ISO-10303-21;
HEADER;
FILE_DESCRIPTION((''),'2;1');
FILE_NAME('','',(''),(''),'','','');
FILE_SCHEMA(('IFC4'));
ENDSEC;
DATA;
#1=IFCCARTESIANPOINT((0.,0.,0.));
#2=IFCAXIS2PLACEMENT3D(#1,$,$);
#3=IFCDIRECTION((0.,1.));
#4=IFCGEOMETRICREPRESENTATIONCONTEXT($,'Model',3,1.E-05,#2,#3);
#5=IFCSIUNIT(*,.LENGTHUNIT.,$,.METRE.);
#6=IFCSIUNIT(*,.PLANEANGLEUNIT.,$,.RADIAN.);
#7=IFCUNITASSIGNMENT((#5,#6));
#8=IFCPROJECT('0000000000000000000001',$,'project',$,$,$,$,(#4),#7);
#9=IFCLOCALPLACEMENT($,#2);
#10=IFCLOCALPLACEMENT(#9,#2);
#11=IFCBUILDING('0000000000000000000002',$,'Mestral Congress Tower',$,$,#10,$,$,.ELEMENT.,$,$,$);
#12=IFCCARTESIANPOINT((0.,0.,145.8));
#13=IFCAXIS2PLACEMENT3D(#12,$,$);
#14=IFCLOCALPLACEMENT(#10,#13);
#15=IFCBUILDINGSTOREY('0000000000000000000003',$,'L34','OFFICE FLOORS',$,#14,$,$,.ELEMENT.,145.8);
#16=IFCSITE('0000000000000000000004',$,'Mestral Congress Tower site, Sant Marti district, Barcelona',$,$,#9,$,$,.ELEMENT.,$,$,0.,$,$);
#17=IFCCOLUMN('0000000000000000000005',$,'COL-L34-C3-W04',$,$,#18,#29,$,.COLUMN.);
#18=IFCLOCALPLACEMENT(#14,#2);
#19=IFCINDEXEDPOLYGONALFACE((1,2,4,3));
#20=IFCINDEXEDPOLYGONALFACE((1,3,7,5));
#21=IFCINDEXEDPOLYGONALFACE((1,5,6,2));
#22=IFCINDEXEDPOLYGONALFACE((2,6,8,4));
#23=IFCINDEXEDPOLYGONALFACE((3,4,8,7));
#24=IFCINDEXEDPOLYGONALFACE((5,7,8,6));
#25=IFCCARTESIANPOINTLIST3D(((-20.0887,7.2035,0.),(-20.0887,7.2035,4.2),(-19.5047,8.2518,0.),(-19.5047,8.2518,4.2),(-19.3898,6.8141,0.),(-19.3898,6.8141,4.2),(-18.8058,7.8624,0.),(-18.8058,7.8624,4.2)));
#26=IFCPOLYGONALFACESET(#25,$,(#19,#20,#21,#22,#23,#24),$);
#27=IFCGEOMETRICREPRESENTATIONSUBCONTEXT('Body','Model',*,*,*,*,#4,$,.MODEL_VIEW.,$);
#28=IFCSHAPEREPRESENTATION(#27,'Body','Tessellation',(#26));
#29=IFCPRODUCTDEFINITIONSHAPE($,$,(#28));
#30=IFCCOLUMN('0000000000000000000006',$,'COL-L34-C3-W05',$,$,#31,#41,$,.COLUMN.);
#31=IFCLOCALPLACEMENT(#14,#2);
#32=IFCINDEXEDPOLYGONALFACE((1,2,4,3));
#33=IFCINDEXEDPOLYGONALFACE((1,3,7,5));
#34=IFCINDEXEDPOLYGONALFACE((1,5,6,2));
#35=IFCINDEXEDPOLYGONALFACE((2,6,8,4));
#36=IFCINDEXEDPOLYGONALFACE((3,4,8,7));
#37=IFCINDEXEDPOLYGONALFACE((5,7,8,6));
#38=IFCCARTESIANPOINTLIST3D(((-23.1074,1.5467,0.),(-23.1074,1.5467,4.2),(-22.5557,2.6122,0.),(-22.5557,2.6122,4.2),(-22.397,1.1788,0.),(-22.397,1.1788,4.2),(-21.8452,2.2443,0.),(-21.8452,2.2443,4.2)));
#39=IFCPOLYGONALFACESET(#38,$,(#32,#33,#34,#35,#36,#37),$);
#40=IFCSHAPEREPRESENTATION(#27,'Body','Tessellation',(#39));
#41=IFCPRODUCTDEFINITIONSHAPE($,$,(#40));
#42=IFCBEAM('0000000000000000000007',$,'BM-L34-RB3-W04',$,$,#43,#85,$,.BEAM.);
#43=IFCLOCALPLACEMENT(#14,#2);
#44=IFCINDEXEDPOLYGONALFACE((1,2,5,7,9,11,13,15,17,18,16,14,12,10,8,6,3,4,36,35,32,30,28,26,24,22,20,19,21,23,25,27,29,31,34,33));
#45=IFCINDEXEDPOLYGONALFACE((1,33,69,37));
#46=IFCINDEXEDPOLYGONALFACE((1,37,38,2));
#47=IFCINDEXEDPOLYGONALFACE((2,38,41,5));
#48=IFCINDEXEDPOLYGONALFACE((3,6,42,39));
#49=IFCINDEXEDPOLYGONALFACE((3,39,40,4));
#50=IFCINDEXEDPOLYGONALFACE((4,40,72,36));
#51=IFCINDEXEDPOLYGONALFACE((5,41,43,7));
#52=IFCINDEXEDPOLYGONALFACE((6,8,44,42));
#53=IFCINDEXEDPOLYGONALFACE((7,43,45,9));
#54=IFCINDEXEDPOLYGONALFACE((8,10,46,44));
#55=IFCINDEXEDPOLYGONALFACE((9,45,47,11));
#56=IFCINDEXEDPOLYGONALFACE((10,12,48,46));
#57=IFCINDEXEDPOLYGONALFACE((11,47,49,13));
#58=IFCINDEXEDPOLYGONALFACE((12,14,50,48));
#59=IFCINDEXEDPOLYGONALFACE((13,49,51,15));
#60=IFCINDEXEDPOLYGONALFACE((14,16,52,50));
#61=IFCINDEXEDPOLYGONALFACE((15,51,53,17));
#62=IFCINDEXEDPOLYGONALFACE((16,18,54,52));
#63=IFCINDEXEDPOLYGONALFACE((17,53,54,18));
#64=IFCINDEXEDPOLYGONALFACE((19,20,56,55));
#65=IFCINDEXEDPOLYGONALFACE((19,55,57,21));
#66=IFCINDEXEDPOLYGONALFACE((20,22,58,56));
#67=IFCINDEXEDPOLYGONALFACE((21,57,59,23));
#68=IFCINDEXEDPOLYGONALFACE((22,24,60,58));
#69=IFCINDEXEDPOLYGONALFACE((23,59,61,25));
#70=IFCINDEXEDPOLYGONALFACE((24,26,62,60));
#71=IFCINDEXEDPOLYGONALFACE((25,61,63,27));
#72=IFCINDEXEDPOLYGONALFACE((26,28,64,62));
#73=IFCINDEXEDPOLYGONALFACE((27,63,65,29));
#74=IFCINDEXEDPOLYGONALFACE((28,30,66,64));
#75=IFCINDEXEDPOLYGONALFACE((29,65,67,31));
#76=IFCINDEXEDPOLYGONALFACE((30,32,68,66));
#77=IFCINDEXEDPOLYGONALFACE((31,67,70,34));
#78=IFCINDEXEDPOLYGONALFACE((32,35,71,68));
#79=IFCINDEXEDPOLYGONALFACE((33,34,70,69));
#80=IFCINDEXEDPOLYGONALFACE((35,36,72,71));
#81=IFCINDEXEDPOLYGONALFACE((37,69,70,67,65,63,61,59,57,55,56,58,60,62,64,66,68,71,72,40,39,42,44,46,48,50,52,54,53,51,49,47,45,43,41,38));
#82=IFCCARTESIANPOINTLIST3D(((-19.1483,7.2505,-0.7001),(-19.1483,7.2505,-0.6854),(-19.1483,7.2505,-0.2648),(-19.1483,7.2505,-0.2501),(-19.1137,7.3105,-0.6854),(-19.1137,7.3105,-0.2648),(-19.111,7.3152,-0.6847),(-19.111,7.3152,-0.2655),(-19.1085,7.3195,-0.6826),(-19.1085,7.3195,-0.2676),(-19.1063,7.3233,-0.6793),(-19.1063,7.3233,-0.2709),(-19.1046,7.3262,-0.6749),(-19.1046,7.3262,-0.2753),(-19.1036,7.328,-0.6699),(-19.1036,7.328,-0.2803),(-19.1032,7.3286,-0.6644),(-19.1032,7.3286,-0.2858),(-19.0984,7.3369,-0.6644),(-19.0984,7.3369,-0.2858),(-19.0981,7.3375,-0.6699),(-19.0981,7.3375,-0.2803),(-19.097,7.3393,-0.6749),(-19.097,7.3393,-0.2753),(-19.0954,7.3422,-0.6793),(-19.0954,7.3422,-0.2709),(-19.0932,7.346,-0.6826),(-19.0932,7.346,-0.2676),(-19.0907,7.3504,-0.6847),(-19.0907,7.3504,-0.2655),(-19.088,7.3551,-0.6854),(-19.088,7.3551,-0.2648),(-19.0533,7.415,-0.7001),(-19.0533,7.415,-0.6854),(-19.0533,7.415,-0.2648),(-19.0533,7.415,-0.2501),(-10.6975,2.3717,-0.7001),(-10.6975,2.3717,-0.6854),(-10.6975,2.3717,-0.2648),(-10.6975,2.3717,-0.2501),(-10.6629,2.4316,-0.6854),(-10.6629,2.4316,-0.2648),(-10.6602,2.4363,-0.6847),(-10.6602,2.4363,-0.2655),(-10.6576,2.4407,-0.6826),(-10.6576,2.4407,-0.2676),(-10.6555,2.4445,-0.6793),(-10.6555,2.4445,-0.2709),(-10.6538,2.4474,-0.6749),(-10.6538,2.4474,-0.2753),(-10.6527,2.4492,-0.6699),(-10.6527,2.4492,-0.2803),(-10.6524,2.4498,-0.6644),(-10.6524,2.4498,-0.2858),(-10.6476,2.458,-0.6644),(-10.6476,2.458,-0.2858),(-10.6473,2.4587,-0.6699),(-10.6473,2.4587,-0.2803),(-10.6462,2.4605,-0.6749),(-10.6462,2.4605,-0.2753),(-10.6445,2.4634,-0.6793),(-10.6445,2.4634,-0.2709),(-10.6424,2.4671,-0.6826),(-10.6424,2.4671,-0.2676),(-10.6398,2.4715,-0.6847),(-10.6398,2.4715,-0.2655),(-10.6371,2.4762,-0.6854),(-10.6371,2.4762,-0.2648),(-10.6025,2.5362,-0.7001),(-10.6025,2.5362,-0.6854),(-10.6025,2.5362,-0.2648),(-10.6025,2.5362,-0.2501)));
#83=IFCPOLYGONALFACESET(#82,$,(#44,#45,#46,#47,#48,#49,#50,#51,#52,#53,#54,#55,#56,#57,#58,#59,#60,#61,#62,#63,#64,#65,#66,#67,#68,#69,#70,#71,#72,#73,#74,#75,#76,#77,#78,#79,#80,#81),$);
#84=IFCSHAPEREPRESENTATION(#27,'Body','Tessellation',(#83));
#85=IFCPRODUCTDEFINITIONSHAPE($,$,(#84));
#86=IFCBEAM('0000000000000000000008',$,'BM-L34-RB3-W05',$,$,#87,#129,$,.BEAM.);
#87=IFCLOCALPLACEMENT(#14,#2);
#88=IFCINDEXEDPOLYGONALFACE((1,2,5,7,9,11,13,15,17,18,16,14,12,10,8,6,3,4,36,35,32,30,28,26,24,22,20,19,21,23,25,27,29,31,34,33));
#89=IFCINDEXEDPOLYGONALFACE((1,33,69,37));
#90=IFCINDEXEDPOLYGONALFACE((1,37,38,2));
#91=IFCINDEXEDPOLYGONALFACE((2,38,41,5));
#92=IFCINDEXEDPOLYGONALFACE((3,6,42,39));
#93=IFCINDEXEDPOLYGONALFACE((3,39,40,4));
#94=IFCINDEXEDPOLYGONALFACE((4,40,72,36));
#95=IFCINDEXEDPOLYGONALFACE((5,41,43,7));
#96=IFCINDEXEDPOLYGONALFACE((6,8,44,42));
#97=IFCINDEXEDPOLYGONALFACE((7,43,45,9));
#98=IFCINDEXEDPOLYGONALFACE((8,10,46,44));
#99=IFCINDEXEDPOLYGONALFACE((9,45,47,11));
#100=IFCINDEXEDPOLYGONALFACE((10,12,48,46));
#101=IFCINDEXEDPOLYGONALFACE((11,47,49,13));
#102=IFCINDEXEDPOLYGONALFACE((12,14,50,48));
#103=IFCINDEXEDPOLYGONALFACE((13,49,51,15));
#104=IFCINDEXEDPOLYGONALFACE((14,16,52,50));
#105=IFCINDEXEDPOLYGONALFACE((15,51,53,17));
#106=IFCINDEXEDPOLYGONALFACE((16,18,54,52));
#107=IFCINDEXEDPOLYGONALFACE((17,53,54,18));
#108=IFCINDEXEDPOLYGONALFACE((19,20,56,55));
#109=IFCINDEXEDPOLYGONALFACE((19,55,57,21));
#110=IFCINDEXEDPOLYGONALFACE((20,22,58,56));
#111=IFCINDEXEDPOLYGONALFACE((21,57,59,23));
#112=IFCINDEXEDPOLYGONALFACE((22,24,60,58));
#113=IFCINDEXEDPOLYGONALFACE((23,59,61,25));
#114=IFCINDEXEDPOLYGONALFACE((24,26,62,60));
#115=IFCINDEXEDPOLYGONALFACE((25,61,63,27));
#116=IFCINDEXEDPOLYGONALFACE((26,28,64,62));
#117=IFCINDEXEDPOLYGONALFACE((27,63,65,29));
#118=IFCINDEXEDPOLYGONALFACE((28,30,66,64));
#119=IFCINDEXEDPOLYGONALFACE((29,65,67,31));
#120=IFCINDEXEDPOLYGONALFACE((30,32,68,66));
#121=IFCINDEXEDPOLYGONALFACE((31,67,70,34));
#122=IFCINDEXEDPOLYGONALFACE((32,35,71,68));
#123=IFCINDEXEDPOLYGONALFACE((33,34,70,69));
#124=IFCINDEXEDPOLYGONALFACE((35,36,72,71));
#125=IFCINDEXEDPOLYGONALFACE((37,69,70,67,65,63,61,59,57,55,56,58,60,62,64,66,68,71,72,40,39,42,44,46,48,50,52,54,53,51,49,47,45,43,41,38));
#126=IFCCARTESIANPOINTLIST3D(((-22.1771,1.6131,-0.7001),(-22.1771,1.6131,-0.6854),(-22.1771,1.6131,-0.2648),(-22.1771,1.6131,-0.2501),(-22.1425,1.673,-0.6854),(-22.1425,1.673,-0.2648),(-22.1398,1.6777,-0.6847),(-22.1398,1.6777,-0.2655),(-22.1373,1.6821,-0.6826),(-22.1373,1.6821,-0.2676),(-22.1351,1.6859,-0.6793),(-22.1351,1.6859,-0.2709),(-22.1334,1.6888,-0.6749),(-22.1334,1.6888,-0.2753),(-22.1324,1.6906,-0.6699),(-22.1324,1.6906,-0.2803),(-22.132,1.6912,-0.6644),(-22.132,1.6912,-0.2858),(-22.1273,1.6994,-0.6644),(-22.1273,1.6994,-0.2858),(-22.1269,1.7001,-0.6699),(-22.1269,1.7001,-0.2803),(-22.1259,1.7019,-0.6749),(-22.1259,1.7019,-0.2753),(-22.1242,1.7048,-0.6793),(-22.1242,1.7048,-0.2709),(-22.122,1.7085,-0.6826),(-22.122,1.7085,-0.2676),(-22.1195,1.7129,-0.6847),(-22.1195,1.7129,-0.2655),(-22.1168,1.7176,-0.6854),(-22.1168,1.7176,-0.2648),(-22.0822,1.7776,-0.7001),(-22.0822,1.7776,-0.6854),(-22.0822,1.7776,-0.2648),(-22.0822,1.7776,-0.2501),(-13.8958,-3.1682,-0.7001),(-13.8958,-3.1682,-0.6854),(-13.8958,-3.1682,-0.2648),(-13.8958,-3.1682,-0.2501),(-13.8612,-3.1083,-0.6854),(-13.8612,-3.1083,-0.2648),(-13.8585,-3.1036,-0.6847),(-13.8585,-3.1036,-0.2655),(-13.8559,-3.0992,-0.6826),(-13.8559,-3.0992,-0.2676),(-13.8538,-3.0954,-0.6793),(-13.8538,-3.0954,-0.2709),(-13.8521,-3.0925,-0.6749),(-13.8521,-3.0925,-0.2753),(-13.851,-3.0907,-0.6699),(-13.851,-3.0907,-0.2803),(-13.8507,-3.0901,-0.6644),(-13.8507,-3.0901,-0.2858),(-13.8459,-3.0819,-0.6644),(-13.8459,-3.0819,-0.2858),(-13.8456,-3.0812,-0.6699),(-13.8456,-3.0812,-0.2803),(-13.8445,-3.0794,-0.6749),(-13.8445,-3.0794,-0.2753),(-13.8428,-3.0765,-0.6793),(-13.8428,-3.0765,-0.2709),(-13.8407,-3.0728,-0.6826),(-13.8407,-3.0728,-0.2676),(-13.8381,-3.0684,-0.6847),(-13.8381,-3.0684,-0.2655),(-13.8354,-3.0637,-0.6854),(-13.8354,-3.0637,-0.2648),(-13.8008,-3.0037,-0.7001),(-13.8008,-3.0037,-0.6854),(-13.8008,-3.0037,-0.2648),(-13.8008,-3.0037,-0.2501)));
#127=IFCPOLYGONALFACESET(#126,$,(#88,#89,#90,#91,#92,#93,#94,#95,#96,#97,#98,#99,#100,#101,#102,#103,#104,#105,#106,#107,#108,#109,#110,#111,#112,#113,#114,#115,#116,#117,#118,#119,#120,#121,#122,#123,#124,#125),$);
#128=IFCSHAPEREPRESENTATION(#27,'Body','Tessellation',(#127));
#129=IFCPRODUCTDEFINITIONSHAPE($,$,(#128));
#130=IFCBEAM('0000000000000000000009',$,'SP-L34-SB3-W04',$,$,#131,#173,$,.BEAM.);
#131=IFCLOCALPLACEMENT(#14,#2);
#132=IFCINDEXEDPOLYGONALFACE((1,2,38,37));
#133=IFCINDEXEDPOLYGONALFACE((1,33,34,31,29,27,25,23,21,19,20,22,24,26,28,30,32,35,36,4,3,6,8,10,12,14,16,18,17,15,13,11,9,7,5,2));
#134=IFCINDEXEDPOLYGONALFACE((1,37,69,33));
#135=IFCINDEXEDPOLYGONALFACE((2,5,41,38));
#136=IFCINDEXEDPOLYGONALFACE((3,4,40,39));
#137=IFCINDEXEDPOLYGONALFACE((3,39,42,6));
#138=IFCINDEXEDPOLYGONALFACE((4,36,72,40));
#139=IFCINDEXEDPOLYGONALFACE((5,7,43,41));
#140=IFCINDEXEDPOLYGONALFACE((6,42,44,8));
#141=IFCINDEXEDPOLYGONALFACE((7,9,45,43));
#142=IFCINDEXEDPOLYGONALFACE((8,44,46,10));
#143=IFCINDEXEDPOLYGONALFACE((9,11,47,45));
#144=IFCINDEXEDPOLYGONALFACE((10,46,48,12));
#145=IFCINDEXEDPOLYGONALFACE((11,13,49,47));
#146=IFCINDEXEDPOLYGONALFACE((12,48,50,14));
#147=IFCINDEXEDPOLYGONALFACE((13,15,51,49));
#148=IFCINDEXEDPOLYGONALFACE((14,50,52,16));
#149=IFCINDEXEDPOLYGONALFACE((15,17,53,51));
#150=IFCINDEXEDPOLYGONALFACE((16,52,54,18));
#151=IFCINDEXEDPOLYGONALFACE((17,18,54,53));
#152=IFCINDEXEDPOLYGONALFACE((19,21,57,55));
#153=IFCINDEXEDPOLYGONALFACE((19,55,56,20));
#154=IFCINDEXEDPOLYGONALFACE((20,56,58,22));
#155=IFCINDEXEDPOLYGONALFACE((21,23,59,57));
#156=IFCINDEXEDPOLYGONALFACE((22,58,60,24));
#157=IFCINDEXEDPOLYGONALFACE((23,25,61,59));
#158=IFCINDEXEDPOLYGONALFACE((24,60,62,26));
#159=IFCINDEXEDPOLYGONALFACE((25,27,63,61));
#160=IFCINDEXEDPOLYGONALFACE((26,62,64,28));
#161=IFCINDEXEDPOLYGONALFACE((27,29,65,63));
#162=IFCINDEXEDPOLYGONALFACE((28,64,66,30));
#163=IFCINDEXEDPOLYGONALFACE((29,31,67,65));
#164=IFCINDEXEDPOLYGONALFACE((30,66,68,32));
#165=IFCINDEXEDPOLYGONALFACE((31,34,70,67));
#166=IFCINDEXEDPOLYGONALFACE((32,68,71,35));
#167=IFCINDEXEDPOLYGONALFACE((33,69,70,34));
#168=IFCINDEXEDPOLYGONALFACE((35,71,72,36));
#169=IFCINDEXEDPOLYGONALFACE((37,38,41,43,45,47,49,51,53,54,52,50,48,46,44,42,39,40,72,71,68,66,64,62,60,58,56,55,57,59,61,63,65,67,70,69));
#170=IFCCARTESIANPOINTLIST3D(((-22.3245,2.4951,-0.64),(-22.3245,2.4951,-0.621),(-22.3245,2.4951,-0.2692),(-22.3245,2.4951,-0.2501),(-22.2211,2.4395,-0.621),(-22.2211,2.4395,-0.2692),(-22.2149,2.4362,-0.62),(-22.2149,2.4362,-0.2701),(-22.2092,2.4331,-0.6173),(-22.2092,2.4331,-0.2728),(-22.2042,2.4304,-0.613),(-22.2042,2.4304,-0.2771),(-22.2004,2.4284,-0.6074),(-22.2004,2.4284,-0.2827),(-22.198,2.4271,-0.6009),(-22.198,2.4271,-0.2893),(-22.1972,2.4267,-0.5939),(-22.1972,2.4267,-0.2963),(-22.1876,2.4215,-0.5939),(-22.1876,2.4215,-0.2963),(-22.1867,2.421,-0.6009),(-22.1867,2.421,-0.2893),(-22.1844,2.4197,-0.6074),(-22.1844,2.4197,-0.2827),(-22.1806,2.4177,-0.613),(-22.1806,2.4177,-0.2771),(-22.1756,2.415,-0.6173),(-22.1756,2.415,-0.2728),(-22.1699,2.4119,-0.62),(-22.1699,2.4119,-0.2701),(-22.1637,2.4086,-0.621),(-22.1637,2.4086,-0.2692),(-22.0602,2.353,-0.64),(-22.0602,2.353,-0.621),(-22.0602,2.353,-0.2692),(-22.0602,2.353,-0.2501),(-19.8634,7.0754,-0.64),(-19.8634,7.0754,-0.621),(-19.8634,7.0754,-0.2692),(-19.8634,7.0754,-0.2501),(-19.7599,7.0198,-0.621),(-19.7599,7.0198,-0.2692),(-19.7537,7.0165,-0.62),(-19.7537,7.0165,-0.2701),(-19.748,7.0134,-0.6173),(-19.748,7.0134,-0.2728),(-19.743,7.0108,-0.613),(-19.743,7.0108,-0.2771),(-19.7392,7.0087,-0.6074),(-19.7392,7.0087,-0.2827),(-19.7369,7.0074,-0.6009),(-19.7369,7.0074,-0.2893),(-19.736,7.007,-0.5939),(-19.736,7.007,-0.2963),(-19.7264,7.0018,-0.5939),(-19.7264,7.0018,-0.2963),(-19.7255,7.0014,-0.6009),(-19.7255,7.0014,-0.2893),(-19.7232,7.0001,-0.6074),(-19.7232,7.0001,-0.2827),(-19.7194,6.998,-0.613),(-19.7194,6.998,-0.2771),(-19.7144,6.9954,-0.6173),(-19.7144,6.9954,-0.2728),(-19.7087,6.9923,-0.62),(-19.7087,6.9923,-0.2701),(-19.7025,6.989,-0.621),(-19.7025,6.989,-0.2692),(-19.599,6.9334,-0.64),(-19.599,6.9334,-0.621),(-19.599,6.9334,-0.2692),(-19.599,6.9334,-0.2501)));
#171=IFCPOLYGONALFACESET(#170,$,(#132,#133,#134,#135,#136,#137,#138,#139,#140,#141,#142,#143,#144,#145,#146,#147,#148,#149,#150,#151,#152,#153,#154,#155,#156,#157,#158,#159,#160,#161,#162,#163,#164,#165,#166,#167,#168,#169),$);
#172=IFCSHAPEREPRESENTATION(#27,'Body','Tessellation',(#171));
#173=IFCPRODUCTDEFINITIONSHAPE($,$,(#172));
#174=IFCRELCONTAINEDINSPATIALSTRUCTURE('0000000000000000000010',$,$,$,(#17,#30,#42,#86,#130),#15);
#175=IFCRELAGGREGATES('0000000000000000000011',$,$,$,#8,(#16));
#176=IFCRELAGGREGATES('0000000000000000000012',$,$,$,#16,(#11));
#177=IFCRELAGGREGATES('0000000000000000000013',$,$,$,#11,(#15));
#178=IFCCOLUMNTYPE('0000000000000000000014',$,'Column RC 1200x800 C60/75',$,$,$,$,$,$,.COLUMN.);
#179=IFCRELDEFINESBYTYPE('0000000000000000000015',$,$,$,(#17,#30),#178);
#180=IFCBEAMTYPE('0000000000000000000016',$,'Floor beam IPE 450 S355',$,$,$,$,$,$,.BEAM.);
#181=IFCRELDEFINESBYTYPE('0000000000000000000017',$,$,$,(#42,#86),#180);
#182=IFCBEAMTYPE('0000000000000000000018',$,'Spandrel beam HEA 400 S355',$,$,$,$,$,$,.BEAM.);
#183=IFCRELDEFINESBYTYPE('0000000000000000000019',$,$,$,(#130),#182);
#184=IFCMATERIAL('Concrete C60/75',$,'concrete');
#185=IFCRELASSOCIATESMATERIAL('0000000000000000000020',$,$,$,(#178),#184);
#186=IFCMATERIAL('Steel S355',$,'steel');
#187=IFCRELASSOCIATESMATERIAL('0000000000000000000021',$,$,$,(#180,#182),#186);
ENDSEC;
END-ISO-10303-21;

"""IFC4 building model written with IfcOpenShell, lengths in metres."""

from ifc_helpers import new_model, si_unit, direction, frame, origin, origin_2d, place, context, subcontext, project, spatial, rectangle, i_section, extrude, material, material_profile, profile_set, type_object, element, save


model = new_model("IFC4")

# Units and contexts
model_context = context("Model", 3, precision=1e-05, world=origin(), true_north=direction((0.0, 1.0)))
body_context = subcontext(model_context, "Body", "Model", "MODEL_VIEW")
ifc_project = project(units=[si_unit("LENGTHUNIT", "METRE"), si_unit("PLANEANGLEUNIT", "RADIAN")], contexts=[model_context])

# Site, building, storey
site_placement = place(None, origin())
site = spatial("IfcSite", under=ifc_project, at=site_placement, Name="Mestral Congress Tower site, Sant Marti district, Barcelona", CompositionType="ELEMENT", RefElevation=0.0)
building_placement = place(site_placement, origin())
building = spatial("IfcBuilding", under=site, at=building_placement, Name="Mestral Congress Tower", CompositionType="ELEMENT")
storey_placement = place(building_placement, frame((0.0, 0.0, 145.8)))
storey = spatial("IfcBuildingStorey", under=building, at=storey_placement, Name="L34", Description="OFFICE FLOORS", CompositionType="ELEMENT", Elevation=145.8)

# Columns
ifc_material_1 = material(Name="Concrete C60/75", Category="concrete")
ifc_material_profile_1 = material_profile(ifc_material_1, rectangle(XDim=1.2, YDim=0.8, at=origin_2d()), Name="RC 1200x800")
ifc_profile_set_1 = profile_set([ifc_material_profile_1], Name="Concrete C60/75")
column_type = type_object("IfcColumnType", Name="Column RC 1200x800 C60/75", PredefinedType="COLUMN", material=ifc_profile_set_1)
for number, where, z_axis, x_axis, name in (
    (1, (-19.4473, 7.533, 0.0), (0.0, 0.0, 1.0), (-0.486724, -0.873556, 0.0), "COL-L34-C3-W04"),
    (2, (-22.4763, 1.8955, 0.0), (0.0, 0.0, 1.0), (-0.459837, -0.888003, 0.0), "COL-L34-C3-W05"),
):
    element("IfcColumn", number, at=place(storey_placement, frame(where, z_axis=z_axis, x_axis=x_axis)), inside=storey, type_object=column_type, Name=name, PredefinedType="COLUMN", context=body_context, shape_type="SweptSolid", body=[
        extrude(rectangle(XDim=1.2, YDim=0.8, at=origin_2d()), origin(), (0.0, 0.0, 1.0), 4.2),
    ])

# Beams
ifc_material_2 = material(Name="Steel S355", Category="steel")
ifc_material_profile_2 = material_profile(ifc_material_2, i_section(OverallWidth=0.1899, OverallDepth=0.45, WebThickness=0.0095, FlangeThickness=0.0146, FilletRadius=0.021, at=origin_2d()), Name="IPE 450")
ifc_profile_set_2 = profile_set([ifc_material_profile_2], Name="Steel S355")
beam_type_1 = type_object("IfcBeamType", Name="Floor beam IPE 450 S355", PredefinedType="BEAM", material=ifc_profile_set_2)
beam_1_placement = place(storey_placement, frame((-19.1008, 7.3328, -0.4751), z_axis=(0.866036, -0.499982, 0.0), x_axis=(0.499982, 0.866036, 0.0)))
element("IfcBeam", 3, at=beam_1_placement, inside=storey, type_object=beam_type_1, Name="BM-L34-RB3-W04", PredefinedType="BEAM", context=body_context, shape_type="SweptSolid", body=[
    extrude(i_section(OverallWidth=0.1899, OverallDepth=0.45, WebThickness=0.0095, FlangeThickness=0.0146, FilletRadius=0.021, at=origin_2d()), origin(), (0.0, 0.0, 1.0), 9.7581),
])
beam_2_placement = place(storey_placement, frame((-22.1296, 1.6953, -0.4751), z_axis=(0.866022, -0.500005, 0.0), x_axis=(0.500005, 0.866022, 0.0)))
element("IfcBeam", 4, at=beam_2_placement, inside=storey, type_object=beam_type_1, Name="BM-L34-RB3-W05", PredefinedType="BEAM", context=body_context, shape_type="SweptSolid", body=[
    extrude(i_section(OverallWidth=0.1899, OverallDepth=0.45, WebThickness=0.0095, FlangeThickness=0.0146, FilletRadius=0.021, at=origin_2d()), origin(), (0.0, 0.0, 1.0), 9.5625),
])
ifc_material_profile_3 = material_profile(ifc_material_2, i_section(OverallWidth=0.3, OverallDepth=0.3899, WebThickness=0.011, FlangeThickness=0.019, FilletRadius=0.0271, at=origin_2d()), Name="HEA 400")
ifc_profile_set_3 = profile_set([ifc_material_profile_3], Name="Steel S355")
beam_type_2 = type_object("IfcBeamType", Name="Spandrel beam HEA 400 S355", PredefinedType="BEAM", material=ifc_profile_set_3)
beam_3_placement = place(storey_placement, frame((-19.7312, 7.0044, -0.4451), z_axis=(-0.473332, -0.880884, 0.0), x_axis=(0.880884, -0.473332, 0.0)))
element("IfcBeam", 5, at=beam_3_placement, inside=storey, type_object=beam_type_2, Name="SP-L34-SB3-W04", PredefinedType="BEAM", context=body_context, shape_type="SweptSolid", body=[
    extrude(i_section(OverallWidth=0.3, OverallDepth=0.3899, WebThickness=0.011, FlangeThickness=0.019, FilletRadius=0.0271, at=origin_2d()), origin(), (0.0, 0.0, 1.0), 5.1997),
])

save(model, "model.ifc")
